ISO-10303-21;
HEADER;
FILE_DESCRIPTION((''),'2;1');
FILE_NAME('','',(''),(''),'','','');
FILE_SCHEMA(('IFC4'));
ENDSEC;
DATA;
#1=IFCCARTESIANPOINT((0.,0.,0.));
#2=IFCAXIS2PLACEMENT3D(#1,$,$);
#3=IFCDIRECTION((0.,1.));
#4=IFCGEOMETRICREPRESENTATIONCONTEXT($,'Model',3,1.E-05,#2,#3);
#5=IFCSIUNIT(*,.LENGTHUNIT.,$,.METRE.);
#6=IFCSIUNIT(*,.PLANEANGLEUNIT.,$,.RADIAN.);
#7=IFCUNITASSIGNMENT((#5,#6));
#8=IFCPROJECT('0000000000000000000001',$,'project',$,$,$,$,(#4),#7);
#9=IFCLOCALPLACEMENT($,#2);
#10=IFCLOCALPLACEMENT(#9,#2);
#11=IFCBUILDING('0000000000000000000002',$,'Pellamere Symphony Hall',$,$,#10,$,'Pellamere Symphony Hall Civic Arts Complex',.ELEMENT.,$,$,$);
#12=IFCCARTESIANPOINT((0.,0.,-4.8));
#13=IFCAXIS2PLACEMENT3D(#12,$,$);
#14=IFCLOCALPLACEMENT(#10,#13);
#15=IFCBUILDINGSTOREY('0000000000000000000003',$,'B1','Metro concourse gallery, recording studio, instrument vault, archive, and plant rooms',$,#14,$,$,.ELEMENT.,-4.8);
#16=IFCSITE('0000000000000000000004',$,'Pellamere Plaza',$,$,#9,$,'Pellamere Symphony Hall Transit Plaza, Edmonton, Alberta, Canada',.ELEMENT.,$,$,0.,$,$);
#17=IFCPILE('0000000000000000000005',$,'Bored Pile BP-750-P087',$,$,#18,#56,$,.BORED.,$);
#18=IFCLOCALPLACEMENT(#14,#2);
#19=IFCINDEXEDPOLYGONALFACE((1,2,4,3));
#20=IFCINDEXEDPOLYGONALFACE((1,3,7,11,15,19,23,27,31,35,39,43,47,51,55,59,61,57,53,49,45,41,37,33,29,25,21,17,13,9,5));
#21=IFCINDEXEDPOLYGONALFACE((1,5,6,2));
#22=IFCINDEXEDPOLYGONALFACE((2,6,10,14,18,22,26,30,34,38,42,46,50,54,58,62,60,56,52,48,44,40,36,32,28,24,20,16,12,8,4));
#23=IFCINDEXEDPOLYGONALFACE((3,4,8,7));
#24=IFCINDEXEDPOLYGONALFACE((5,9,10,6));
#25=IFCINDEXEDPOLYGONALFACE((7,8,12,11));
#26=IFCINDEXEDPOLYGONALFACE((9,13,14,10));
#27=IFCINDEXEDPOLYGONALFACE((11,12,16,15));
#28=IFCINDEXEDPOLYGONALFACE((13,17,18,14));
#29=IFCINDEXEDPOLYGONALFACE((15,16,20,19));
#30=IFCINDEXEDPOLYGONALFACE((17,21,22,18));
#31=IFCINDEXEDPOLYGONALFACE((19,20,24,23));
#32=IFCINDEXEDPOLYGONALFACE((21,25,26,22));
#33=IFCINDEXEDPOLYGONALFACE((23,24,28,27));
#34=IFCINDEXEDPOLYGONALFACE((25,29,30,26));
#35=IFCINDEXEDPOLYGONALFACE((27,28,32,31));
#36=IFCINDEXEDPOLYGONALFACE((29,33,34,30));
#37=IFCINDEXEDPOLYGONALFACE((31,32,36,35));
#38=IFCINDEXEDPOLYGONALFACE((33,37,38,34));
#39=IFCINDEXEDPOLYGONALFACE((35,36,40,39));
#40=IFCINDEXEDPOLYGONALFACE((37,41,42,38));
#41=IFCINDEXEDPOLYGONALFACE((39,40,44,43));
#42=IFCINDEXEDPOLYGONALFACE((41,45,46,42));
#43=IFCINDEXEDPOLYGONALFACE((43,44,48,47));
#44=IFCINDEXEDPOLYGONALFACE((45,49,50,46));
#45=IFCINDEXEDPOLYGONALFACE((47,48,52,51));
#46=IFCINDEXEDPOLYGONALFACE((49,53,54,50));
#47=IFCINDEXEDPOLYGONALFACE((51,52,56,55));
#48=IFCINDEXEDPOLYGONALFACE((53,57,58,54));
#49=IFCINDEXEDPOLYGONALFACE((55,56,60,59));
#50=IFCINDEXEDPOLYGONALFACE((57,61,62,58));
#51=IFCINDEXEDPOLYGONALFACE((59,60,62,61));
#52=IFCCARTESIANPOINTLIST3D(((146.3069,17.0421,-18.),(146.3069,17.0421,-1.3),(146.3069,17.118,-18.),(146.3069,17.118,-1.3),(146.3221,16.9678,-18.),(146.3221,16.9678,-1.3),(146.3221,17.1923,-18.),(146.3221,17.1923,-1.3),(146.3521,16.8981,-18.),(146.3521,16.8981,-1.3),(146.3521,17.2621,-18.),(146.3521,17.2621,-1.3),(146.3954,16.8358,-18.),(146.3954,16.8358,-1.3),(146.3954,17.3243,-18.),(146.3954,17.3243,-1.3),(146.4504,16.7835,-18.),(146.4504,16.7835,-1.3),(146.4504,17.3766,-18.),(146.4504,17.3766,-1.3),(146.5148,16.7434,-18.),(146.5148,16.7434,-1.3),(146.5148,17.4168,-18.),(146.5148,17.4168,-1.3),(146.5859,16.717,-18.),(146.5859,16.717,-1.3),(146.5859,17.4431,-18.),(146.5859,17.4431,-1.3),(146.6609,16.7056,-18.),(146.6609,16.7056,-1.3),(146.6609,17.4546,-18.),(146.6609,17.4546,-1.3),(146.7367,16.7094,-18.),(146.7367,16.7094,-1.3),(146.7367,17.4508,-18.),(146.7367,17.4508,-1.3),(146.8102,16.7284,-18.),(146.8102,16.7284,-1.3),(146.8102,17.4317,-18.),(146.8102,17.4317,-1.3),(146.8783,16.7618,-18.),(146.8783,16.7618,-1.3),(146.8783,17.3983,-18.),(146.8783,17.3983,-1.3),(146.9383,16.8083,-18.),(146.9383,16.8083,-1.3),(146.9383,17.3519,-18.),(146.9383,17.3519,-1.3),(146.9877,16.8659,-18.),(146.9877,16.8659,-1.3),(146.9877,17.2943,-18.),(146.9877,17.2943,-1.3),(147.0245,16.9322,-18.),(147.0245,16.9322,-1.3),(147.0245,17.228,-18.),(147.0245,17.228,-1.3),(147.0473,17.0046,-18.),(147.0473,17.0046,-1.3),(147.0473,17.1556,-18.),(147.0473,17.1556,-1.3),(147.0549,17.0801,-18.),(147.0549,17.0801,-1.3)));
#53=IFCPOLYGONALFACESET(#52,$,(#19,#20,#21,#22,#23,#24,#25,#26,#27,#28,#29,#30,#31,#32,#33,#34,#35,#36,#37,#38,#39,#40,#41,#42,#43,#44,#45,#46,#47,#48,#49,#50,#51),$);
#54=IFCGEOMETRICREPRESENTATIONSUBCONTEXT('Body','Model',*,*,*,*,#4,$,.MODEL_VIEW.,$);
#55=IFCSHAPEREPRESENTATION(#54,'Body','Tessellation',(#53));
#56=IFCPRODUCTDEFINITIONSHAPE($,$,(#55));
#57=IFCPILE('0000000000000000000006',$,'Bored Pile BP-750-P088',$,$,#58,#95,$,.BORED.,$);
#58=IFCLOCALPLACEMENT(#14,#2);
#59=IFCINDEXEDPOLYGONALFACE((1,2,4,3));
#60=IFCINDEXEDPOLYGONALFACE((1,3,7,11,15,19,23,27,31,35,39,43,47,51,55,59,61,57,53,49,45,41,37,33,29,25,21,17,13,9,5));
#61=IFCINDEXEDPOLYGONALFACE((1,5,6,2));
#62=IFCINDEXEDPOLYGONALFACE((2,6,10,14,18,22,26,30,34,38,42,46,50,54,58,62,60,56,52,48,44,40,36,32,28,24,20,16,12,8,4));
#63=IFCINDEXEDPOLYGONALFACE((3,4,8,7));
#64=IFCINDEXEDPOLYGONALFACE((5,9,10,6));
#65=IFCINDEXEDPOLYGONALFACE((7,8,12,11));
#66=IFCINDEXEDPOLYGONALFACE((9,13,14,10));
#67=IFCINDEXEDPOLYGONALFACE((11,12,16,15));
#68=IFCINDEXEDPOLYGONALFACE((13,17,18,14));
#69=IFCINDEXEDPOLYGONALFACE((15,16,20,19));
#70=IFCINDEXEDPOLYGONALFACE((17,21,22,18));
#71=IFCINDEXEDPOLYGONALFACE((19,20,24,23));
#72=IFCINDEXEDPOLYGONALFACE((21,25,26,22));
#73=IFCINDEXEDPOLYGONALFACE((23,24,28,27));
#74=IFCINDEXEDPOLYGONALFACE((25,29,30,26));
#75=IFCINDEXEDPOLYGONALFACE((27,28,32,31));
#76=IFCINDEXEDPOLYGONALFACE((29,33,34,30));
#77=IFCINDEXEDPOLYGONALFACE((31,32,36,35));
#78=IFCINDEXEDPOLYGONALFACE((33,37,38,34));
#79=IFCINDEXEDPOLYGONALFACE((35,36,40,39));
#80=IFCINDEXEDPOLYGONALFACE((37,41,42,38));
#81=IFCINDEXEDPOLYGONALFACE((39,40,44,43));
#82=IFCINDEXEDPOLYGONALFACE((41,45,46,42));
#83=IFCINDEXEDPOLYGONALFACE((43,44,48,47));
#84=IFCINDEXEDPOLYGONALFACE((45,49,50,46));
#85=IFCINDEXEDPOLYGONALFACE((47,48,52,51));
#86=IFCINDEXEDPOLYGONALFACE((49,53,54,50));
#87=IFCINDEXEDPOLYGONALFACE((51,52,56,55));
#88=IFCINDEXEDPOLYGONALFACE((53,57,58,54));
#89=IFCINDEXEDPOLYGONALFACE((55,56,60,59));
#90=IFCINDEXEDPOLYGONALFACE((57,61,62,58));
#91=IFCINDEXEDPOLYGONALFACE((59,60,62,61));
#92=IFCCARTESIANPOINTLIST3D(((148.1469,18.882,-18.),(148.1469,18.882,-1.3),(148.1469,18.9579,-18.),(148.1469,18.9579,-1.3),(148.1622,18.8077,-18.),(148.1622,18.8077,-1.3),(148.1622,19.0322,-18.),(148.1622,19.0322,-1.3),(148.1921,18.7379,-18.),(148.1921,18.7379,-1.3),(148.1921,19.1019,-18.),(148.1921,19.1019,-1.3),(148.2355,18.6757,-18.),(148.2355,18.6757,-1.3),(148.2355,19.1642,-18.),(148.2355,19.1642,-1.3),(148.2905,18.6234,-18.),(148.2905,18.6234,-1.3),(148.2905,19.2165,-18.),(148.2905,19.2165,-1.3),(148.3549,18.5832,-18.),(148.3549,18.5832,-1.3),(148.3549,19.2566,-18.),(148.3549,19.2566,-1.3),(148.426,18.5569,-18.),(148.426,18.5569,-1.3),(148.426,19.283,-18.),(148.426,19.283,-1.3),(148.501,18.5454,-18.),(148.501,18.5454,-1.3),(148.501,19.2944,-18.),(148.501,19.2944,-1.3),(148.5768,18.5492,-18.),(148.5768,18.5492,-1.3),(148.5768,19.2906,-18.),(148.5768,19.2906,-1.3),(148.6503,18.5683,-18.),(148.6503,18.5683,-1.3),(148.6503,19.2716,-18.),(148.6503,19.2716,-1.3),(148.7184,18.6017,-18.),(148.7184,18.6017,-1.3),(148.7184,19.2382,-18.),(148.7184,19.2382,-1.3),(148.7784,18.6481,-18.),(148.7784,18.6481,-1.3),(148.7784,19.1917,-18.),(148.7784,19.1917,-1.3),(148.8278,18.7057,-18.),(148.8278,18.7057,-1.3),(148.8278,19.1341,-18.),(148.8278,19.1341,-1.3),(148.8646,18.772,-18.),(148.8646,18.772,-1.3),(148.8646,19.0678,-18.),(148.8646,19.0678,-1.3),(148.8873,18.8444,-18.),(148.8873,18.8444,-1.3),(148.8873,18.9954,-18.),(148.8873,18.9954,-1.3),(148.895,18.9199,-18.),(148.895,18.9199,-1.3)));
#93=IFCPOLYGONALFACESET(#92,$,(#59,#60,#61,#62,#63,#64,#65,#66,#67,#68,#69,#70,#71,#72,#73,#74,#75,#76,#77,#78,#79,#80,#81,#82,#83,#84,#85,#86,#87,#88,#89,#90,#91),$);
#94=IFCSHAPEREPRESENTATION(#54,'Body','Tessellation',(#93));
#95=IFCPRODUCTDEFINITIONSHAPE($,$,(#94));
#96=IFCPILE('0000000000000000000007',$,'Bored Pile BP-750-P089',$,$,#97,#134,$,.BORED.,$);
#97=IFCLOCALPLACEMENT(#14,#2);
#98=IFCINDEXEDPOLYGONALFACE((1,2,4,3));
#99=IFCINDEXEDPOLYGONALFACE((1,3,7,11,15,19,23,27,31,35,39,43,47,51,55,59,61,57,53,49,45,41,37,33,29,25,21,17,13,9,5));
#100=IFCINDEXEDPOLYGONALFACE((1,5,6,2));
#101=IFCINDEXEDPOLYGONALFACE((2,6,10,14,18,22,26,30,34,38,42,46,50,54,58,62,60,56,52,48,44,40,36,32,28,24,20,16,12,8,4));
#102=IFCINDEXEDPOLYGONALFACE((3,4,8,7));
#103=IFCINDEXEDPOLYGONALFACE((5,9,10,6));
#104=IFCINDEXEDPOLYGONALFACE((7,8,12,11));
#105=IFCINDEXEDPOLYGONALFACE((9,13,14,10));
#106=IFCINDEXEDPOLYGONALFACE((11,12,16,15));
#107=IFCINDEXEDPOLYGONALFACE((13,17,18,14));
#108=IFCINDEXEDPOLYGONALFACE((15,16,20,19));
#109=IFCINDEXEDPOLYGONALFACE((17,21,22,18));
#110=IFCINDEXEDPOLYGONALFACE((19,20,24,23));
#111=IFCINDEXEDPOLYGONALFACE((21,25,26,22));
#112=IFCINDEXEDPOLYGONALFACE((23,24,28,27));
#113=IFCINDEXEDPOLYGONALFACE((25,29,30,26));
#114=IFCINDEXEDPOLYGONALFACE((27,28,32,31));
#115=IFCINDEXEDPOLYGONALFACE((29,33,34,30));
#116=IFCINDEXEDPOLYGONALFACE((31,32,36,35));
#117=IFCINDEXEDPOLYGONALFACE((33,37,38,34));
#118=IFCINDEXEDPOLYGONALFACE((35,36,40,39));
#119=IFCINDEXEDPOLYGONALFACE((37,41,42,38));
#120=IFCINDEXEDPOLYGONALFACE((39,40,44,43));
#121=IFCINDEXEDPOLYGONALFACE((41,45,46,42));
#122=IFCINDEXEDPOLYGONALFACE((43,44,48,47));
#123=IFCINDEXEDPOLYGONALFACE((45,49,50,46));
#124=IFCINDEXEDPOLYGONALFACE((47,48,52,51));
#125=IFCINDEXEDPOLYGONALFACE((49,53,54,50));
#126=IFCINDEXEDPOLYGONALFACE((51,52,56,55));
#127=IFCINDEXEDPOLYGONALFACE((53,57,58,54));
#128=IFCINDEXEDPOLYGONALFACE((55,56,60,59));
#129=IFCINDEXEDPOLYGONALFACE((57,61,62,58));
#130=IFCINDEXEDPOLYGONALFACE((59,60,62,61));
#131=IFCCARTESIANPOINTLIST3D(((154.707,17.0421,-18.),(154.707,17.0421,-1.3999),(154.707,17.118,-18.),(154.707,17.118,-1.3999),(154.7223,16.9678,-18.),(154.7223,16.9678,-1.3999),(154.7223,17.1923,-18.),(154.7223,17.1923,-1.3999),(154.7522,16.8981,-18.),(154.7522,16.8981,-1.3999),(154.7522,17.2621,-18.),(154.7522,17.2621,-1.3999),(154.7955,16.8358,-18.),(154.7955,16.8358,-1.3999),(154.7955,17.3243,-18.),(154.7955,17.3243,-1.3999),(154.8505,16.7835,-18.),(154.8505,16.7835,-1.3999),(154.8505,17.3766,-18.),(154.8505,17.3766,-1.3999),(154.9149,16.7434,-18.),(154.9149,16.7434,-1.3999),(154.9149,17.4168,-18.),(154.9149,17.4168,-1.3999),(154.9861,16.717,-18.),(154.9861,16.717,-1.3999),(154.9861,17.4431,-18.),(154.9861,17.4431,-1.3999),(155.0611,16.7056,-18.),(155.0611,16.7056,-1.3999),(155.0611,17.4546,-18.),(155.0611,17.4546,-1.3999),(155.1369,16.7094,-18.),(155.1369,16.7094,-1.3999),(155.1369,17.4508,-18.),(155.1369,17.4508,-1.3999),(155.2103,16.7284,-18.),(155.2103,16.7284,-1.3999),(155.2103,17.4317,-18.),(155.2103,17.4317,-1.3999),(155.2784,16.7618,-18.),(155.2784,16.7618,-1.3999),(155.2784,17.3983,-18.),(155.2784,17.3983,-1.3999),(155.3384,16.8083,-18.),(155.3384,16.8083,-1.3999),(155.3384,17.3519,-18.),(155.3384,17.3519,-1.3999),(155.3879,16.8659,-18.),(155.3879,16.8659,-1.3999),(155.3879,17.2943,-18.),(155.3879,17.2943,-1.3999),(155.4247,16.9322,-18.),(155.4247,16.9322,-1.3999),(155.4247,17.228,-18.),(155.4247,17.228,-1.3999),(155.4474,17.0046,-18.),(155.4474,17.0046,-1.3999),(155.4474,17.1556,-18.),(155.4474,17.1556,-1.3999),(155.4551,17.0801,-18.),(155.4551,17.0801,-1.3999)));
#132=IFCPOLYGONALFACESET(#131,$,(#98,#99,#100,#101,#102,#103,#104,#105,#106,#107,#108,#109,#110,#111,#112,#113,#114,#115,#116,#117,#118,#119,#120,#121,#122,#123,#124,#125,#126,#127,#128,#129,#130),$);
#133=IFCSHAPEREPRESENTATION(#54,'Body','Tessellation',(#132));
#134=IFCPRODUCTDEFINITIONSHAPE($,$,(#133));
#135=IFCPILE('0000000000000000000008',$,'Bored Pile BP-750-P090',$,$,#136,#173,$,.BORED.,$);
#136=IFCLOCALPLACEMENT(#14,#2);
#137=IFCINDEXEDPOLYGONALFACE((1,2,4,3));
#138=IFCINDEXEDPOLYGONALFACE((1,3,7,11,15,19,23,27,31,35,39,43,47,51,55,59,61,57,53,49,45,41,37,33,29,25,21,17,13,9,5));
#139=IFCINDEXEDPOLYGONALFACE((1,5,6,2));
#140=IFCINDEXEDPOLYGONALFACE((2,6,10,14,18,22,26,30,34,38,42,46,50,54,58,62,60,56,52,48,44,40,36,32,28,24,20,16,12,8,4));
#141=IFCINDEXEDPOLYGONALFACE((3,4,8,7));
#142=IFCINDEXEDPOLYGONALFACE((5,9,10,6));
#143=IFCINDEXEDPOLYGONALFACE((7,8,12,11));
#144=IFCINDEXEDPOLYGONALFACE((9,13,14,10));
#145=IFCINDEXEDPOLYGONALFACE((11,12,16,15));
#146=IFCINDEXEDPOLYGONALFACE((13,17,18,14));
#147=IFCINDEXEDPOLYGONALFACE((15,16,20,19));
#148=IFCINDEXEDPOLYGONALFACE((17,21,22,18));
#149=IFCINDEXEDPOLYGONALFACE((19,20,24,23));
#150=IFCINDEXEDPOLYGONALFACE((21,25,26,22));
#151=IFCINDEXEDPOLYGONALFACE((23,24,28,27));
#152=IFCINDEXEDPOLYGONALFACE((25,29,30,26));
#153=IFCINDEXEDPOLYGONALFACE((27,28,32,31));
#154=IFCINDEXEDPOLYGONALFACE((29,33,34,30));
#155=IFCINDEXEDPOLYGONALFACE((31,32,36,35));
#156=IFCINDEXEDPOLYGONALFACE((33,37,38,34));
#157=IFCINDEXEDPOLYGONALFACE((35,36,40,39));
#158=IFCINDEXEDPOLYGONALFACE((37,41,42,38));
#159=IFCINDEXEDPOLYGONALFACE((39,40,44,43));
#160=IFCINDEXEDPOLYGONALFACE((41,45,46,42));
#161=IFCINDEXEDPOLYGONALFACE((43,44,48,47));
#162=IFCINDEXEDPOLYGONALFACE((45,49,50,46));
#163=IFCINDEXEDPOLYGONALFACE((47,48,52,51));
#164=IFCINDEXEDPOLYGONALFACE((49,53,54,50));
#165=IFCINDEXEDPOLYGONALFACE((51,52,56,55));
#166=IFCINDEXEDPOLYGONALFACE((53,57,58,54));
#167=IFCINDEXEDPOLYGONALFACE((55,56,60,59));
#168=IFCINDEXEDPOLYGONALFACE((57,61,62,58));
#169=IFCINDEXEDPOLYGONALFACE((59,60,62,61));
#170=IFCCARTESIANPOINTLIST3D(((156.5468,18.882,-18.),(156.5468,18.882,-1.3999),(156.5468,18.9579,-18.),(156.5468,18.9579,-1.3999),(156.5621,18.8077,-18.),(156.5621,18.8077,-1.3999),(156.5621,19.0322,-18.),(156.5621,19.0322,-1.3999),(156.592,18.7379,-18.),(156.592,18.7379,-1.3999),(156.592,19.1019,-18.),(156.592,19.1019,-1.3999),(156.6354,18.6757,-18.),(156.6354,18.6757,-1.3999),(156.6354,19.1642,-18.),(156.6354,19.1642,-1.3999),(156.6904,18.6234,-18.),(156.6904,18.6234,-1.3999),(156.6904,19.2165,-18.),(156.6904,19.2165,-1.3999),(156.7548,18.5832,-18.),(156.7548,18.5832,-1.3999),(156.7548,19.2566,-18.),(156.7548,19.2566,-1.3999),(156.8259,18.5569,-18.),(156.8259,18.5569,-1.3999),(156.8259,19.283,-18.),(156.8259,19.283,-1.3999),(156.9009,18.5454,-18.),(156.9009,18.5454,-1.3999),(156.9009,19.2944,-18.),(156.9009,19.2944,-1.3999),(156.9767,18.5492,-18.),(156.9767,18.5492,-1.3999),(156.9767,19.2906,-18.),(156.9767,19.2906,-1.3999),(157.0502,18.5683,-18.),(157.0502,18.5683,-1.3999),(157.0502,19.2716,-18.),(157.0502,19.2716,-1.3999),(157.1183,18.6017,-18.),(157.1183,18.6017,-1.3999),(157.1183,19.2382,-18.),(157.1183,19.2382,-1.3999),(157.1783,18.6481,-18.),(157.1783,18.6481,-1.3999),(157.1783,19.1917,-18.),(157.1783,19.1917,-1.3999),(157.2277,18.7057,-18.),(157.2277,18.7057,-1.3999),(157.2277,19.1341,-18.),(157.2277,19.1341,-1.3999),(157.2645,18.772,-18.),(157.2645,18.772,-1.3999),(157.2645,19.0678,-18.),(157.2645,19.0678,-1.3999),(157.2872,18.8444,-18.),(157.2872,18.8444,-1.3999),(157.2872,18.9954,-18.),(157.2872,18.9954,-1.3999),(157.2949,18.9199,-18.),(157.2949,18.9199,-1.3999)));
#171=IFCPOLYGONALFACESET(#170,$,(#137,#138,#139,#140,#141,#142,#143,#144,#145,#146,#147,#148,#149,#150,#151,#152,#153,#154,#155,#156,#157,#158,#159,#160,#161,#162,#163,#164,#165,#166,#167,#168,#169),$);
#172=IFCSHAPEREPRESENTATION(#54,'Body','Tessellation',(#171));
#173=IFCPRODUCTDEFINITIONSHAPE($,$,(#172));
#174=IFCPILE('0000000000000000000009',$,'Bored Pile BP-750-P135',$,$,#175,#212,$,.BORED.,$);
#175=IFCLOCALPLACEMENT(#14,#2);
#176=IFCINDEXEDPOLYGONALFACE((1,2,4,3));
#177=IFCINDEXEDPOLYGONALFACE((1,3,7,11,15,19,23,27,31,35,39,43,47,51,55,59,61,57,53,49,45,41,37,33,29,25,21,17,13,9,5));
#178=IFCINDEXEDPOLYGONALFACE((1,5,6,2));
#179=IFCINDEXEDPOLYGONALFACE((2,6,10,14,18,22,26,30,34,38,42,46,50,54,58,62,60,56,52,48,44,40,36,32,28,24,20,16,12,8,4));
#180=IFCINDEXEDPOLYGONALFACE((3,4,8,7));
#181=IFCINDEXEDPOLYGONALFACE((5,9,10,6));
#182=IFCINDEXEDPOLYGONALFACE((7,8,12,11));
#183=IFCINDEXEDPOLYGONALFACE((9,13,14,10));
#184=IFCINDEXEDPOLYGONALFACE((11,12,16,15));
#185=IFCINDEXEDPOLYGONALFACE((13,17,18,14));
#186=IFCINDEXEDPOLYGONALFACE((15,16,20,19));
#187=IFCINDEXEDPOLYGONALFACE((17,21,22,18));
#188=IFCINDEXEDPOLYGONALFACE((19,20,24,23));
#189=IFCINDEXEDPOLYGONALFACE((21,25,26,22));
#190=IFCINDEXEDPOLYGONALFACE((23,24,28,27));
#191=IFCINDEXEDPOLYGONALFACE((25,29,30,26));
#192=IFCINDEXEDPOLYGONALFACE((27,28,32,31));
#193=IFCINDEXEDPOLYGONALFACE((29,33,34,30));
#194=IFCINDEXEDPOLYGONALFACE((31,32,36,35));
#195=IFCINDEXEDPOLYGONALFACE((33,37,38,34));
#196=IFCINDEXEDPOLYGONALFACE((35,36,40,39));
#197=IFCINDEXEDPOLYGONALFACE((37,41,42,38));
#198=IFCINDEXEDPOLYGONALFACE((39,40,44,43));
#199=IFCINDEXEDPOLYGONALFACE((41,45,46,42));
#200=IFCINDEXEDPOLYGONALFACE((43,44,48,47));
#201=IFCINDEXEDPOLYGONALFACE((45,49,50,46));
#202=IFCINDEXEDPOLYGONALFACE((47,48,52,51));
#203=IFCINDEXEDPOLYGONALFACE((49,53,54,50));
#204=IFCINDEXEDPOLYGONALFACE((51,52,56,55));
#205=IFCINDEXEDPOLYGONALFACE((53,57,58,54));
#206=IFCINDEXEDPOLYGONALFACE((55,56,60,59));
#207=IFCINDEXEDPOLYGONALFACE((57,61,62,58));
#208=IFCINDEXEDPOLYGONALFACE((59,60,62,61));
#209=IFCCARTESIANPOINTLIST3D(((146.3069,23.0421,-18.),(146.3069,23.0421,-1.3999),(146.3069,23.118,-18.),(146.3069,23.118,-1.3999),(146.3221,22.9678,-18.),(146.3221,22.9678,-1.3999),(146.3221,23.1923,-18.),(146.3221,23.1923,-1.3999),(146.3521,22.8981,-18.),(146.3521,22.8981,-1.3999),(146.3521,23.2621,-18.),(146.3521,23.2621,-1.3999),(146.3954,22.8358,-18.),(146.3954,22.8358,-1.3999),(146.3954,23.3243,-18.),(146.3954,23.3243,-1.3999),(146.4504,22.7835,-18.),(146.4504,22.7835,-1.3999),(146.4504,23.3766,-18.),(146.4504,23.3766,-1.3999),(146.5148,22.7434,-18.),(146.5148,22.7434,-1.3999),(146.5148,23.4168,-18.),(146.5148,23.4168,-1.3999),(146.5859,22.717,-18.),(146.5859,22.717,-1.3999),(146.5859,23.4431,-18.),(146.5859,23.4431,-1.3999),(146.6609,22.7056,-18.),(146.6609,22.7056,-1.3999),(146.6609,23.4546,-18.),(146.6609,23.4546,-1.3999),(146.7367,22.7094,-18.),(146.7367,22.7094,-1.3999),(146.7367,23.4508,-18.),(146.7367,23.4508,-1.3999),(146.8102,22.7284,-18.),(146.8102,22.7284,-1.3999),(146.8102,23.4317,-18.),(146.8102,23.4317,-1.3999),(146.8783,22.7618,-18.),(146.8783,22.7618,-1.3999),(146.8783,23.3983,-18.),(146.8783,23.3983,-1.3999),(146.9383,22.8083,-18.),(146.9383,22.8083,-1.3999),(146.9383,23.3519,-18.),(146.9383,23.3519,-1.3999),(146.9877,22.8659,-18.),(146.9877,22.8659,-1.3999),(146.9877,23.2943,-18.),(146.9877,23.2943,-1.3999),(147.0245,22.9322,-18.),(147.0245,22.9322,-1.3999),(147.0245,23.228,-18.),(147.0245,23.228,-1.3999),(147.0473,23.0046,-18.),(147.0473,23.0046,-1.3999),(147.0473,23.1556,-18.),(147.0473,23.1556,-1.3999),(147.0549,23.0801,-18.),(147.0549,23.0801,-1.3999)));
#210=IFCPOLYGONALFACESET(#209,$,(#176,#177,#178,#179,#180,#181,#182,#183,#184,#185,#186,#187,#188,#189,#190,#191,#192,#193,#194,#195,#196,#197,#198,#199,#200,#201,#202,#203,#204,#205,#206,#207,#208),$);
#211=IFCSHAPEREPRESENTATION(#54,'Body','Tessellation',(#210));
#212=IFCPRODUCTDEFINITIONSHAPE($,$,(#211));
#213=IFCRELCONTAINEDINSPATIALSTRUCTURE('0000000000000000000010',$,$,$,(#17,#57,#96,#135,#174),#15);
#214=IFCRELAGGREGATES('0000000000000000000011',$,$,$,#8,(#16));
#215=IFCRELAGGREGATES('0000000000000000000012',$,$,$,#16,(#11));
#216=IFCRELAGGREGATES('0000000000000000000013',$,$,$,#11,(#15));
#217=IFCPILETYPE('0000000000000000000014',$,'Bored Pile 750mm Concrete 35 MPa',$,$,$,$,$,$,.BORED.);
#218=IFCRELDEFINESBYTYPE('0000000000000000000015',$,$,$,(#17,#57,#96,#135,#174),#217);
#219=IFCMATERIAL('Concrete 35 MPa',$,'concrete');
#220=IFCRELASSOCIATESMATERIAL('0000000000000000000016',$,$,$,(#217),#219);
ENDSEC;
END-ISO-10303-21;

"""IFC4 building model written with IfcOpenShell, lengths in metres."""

from ifc_helpers import new_model, si_unit, direction, frame, origin, origin_2d, place, context, subcontext, project, spatial, circle, extrude, material, material_profile, profile_set, type_object, element, save


model = new_model("IFC4")

# Units and contexts
model_context = context("Model", 3, precision=1e-05, world=origin(), true_north=direction((0.0, 1.0)))
body_context = subcontext(model_context, "Body", "Model", "MODEL_VIEW")
ifc_project = project(units=[si_unit("LENGTHUNIT", "METRE"), si_unit("PLANEANGLEUNIT", "RADIAN")], contexts=[model_context])

# Site, building, storey
site_placement = place(None, origin())
site = spatial("IfcSite", under=ifc_project, at=site_placement, Name="Pellamere Plaza", LongName="Pellamere Symphony Hall Transit Plaza, Edmonton, Alberta, Canada", CompositionType="ELEMENT", RefElevation=0.0)
building_placement = place(site_placement, origin())
building = spatial("IfcBuilding", under=site, at=building_placement, Name="Pellamere Symphony Hall", LongName="Pellamere Symphony Hall Civic Arts Complex", CompositionType="ELEMENT")
storey_placement = place(building_placement, frame((0.0, 0.0, -4.8)))
storey = spatial("IfcBuildingStorey", under=building, at=storey_placement, Name="B1", Description="Metro concourse gallery, recording studio, instrument vault, archive, and plant rooms", CompositionType="ELEMENT", Elevation=-4.8)

# Piles
ifc_material_1 = material(Name="Concrete 35 MPa", Category="concrete")
ifc_material_profile_1 = material_profile(ifc_material_1, circle(Radius=0.375, at=origin_2d()), Name="PILE D750")
ifc_profile_set_1 = profile_set([ifc_material_profile_1], Name="Concrete 35 MPa")
pile_type = type_object("IfcPileType", Name="Bored Pile 750mm Concrete 35 MPa", PredefinedType="BORED", material=ifc_profile_set_1)
for number, where, z_axis, x_axis, name in (
    (1, (146.6799, 17.0801, -1.3), (0.0, 0.0, -1.0), (1.0, 0.0, 0.0), "Bored Pile BP-750-P087"),
    (2, (148.52, 18.9199, -1.3), (0.0, 0.0, -1.0), (1.0, 0.0, 0.0), "Bored Pile BP-750-P088"),
):
    element("IfcPile", number, at=place(storey_placement, frame(where, z_axis=z_axis, x_axis=x_axis)), inside=storey, type_object=pile_type, Name=name, PredefinedType="BORED", context=body_context, shape_type="SweptSolid", body=[
        extrude(circle(Radius=0.375, at=origin_2d()), origin(), (0.0, 0.0, 1.0), 16.7),
    ])
for number, where, z_axis, x_axis, name in (
    (3, (155.0801, 17.0801, -1.3999), (0.0, 0.0, -1.0), (1.0, 0.0, 0.0), "Bored Pile BP-750-P089"),
    (4, (156.9199, 18.9199, -1.3999), (0.0, 0.0, -1.0), (1.0, 0.0, 0.0), "Bored Pile BP-750-P090"),
    (5, (146.6799, 23.0801, -1.3999), (0.0, 0.0, -1.0), (1.0, 0.0, 0.0), "Bored Pile BP-750-P135"),
):
    element("IfcPile", number, at=place(storey_placement, frame(where, z_axis=z_axis, x_axis=x_axis)), inside=storey, type_object=pile_type, Name=name, PredefinedType="BORED", context=body_context, shape_type="SweptSolid", body=[
        extrude(circle(Radius=0.375, at=origin_2d()), origin(), (0.0, 0.0, 1.0), 16.6001),
    ])

save(model, "model.ifc")
